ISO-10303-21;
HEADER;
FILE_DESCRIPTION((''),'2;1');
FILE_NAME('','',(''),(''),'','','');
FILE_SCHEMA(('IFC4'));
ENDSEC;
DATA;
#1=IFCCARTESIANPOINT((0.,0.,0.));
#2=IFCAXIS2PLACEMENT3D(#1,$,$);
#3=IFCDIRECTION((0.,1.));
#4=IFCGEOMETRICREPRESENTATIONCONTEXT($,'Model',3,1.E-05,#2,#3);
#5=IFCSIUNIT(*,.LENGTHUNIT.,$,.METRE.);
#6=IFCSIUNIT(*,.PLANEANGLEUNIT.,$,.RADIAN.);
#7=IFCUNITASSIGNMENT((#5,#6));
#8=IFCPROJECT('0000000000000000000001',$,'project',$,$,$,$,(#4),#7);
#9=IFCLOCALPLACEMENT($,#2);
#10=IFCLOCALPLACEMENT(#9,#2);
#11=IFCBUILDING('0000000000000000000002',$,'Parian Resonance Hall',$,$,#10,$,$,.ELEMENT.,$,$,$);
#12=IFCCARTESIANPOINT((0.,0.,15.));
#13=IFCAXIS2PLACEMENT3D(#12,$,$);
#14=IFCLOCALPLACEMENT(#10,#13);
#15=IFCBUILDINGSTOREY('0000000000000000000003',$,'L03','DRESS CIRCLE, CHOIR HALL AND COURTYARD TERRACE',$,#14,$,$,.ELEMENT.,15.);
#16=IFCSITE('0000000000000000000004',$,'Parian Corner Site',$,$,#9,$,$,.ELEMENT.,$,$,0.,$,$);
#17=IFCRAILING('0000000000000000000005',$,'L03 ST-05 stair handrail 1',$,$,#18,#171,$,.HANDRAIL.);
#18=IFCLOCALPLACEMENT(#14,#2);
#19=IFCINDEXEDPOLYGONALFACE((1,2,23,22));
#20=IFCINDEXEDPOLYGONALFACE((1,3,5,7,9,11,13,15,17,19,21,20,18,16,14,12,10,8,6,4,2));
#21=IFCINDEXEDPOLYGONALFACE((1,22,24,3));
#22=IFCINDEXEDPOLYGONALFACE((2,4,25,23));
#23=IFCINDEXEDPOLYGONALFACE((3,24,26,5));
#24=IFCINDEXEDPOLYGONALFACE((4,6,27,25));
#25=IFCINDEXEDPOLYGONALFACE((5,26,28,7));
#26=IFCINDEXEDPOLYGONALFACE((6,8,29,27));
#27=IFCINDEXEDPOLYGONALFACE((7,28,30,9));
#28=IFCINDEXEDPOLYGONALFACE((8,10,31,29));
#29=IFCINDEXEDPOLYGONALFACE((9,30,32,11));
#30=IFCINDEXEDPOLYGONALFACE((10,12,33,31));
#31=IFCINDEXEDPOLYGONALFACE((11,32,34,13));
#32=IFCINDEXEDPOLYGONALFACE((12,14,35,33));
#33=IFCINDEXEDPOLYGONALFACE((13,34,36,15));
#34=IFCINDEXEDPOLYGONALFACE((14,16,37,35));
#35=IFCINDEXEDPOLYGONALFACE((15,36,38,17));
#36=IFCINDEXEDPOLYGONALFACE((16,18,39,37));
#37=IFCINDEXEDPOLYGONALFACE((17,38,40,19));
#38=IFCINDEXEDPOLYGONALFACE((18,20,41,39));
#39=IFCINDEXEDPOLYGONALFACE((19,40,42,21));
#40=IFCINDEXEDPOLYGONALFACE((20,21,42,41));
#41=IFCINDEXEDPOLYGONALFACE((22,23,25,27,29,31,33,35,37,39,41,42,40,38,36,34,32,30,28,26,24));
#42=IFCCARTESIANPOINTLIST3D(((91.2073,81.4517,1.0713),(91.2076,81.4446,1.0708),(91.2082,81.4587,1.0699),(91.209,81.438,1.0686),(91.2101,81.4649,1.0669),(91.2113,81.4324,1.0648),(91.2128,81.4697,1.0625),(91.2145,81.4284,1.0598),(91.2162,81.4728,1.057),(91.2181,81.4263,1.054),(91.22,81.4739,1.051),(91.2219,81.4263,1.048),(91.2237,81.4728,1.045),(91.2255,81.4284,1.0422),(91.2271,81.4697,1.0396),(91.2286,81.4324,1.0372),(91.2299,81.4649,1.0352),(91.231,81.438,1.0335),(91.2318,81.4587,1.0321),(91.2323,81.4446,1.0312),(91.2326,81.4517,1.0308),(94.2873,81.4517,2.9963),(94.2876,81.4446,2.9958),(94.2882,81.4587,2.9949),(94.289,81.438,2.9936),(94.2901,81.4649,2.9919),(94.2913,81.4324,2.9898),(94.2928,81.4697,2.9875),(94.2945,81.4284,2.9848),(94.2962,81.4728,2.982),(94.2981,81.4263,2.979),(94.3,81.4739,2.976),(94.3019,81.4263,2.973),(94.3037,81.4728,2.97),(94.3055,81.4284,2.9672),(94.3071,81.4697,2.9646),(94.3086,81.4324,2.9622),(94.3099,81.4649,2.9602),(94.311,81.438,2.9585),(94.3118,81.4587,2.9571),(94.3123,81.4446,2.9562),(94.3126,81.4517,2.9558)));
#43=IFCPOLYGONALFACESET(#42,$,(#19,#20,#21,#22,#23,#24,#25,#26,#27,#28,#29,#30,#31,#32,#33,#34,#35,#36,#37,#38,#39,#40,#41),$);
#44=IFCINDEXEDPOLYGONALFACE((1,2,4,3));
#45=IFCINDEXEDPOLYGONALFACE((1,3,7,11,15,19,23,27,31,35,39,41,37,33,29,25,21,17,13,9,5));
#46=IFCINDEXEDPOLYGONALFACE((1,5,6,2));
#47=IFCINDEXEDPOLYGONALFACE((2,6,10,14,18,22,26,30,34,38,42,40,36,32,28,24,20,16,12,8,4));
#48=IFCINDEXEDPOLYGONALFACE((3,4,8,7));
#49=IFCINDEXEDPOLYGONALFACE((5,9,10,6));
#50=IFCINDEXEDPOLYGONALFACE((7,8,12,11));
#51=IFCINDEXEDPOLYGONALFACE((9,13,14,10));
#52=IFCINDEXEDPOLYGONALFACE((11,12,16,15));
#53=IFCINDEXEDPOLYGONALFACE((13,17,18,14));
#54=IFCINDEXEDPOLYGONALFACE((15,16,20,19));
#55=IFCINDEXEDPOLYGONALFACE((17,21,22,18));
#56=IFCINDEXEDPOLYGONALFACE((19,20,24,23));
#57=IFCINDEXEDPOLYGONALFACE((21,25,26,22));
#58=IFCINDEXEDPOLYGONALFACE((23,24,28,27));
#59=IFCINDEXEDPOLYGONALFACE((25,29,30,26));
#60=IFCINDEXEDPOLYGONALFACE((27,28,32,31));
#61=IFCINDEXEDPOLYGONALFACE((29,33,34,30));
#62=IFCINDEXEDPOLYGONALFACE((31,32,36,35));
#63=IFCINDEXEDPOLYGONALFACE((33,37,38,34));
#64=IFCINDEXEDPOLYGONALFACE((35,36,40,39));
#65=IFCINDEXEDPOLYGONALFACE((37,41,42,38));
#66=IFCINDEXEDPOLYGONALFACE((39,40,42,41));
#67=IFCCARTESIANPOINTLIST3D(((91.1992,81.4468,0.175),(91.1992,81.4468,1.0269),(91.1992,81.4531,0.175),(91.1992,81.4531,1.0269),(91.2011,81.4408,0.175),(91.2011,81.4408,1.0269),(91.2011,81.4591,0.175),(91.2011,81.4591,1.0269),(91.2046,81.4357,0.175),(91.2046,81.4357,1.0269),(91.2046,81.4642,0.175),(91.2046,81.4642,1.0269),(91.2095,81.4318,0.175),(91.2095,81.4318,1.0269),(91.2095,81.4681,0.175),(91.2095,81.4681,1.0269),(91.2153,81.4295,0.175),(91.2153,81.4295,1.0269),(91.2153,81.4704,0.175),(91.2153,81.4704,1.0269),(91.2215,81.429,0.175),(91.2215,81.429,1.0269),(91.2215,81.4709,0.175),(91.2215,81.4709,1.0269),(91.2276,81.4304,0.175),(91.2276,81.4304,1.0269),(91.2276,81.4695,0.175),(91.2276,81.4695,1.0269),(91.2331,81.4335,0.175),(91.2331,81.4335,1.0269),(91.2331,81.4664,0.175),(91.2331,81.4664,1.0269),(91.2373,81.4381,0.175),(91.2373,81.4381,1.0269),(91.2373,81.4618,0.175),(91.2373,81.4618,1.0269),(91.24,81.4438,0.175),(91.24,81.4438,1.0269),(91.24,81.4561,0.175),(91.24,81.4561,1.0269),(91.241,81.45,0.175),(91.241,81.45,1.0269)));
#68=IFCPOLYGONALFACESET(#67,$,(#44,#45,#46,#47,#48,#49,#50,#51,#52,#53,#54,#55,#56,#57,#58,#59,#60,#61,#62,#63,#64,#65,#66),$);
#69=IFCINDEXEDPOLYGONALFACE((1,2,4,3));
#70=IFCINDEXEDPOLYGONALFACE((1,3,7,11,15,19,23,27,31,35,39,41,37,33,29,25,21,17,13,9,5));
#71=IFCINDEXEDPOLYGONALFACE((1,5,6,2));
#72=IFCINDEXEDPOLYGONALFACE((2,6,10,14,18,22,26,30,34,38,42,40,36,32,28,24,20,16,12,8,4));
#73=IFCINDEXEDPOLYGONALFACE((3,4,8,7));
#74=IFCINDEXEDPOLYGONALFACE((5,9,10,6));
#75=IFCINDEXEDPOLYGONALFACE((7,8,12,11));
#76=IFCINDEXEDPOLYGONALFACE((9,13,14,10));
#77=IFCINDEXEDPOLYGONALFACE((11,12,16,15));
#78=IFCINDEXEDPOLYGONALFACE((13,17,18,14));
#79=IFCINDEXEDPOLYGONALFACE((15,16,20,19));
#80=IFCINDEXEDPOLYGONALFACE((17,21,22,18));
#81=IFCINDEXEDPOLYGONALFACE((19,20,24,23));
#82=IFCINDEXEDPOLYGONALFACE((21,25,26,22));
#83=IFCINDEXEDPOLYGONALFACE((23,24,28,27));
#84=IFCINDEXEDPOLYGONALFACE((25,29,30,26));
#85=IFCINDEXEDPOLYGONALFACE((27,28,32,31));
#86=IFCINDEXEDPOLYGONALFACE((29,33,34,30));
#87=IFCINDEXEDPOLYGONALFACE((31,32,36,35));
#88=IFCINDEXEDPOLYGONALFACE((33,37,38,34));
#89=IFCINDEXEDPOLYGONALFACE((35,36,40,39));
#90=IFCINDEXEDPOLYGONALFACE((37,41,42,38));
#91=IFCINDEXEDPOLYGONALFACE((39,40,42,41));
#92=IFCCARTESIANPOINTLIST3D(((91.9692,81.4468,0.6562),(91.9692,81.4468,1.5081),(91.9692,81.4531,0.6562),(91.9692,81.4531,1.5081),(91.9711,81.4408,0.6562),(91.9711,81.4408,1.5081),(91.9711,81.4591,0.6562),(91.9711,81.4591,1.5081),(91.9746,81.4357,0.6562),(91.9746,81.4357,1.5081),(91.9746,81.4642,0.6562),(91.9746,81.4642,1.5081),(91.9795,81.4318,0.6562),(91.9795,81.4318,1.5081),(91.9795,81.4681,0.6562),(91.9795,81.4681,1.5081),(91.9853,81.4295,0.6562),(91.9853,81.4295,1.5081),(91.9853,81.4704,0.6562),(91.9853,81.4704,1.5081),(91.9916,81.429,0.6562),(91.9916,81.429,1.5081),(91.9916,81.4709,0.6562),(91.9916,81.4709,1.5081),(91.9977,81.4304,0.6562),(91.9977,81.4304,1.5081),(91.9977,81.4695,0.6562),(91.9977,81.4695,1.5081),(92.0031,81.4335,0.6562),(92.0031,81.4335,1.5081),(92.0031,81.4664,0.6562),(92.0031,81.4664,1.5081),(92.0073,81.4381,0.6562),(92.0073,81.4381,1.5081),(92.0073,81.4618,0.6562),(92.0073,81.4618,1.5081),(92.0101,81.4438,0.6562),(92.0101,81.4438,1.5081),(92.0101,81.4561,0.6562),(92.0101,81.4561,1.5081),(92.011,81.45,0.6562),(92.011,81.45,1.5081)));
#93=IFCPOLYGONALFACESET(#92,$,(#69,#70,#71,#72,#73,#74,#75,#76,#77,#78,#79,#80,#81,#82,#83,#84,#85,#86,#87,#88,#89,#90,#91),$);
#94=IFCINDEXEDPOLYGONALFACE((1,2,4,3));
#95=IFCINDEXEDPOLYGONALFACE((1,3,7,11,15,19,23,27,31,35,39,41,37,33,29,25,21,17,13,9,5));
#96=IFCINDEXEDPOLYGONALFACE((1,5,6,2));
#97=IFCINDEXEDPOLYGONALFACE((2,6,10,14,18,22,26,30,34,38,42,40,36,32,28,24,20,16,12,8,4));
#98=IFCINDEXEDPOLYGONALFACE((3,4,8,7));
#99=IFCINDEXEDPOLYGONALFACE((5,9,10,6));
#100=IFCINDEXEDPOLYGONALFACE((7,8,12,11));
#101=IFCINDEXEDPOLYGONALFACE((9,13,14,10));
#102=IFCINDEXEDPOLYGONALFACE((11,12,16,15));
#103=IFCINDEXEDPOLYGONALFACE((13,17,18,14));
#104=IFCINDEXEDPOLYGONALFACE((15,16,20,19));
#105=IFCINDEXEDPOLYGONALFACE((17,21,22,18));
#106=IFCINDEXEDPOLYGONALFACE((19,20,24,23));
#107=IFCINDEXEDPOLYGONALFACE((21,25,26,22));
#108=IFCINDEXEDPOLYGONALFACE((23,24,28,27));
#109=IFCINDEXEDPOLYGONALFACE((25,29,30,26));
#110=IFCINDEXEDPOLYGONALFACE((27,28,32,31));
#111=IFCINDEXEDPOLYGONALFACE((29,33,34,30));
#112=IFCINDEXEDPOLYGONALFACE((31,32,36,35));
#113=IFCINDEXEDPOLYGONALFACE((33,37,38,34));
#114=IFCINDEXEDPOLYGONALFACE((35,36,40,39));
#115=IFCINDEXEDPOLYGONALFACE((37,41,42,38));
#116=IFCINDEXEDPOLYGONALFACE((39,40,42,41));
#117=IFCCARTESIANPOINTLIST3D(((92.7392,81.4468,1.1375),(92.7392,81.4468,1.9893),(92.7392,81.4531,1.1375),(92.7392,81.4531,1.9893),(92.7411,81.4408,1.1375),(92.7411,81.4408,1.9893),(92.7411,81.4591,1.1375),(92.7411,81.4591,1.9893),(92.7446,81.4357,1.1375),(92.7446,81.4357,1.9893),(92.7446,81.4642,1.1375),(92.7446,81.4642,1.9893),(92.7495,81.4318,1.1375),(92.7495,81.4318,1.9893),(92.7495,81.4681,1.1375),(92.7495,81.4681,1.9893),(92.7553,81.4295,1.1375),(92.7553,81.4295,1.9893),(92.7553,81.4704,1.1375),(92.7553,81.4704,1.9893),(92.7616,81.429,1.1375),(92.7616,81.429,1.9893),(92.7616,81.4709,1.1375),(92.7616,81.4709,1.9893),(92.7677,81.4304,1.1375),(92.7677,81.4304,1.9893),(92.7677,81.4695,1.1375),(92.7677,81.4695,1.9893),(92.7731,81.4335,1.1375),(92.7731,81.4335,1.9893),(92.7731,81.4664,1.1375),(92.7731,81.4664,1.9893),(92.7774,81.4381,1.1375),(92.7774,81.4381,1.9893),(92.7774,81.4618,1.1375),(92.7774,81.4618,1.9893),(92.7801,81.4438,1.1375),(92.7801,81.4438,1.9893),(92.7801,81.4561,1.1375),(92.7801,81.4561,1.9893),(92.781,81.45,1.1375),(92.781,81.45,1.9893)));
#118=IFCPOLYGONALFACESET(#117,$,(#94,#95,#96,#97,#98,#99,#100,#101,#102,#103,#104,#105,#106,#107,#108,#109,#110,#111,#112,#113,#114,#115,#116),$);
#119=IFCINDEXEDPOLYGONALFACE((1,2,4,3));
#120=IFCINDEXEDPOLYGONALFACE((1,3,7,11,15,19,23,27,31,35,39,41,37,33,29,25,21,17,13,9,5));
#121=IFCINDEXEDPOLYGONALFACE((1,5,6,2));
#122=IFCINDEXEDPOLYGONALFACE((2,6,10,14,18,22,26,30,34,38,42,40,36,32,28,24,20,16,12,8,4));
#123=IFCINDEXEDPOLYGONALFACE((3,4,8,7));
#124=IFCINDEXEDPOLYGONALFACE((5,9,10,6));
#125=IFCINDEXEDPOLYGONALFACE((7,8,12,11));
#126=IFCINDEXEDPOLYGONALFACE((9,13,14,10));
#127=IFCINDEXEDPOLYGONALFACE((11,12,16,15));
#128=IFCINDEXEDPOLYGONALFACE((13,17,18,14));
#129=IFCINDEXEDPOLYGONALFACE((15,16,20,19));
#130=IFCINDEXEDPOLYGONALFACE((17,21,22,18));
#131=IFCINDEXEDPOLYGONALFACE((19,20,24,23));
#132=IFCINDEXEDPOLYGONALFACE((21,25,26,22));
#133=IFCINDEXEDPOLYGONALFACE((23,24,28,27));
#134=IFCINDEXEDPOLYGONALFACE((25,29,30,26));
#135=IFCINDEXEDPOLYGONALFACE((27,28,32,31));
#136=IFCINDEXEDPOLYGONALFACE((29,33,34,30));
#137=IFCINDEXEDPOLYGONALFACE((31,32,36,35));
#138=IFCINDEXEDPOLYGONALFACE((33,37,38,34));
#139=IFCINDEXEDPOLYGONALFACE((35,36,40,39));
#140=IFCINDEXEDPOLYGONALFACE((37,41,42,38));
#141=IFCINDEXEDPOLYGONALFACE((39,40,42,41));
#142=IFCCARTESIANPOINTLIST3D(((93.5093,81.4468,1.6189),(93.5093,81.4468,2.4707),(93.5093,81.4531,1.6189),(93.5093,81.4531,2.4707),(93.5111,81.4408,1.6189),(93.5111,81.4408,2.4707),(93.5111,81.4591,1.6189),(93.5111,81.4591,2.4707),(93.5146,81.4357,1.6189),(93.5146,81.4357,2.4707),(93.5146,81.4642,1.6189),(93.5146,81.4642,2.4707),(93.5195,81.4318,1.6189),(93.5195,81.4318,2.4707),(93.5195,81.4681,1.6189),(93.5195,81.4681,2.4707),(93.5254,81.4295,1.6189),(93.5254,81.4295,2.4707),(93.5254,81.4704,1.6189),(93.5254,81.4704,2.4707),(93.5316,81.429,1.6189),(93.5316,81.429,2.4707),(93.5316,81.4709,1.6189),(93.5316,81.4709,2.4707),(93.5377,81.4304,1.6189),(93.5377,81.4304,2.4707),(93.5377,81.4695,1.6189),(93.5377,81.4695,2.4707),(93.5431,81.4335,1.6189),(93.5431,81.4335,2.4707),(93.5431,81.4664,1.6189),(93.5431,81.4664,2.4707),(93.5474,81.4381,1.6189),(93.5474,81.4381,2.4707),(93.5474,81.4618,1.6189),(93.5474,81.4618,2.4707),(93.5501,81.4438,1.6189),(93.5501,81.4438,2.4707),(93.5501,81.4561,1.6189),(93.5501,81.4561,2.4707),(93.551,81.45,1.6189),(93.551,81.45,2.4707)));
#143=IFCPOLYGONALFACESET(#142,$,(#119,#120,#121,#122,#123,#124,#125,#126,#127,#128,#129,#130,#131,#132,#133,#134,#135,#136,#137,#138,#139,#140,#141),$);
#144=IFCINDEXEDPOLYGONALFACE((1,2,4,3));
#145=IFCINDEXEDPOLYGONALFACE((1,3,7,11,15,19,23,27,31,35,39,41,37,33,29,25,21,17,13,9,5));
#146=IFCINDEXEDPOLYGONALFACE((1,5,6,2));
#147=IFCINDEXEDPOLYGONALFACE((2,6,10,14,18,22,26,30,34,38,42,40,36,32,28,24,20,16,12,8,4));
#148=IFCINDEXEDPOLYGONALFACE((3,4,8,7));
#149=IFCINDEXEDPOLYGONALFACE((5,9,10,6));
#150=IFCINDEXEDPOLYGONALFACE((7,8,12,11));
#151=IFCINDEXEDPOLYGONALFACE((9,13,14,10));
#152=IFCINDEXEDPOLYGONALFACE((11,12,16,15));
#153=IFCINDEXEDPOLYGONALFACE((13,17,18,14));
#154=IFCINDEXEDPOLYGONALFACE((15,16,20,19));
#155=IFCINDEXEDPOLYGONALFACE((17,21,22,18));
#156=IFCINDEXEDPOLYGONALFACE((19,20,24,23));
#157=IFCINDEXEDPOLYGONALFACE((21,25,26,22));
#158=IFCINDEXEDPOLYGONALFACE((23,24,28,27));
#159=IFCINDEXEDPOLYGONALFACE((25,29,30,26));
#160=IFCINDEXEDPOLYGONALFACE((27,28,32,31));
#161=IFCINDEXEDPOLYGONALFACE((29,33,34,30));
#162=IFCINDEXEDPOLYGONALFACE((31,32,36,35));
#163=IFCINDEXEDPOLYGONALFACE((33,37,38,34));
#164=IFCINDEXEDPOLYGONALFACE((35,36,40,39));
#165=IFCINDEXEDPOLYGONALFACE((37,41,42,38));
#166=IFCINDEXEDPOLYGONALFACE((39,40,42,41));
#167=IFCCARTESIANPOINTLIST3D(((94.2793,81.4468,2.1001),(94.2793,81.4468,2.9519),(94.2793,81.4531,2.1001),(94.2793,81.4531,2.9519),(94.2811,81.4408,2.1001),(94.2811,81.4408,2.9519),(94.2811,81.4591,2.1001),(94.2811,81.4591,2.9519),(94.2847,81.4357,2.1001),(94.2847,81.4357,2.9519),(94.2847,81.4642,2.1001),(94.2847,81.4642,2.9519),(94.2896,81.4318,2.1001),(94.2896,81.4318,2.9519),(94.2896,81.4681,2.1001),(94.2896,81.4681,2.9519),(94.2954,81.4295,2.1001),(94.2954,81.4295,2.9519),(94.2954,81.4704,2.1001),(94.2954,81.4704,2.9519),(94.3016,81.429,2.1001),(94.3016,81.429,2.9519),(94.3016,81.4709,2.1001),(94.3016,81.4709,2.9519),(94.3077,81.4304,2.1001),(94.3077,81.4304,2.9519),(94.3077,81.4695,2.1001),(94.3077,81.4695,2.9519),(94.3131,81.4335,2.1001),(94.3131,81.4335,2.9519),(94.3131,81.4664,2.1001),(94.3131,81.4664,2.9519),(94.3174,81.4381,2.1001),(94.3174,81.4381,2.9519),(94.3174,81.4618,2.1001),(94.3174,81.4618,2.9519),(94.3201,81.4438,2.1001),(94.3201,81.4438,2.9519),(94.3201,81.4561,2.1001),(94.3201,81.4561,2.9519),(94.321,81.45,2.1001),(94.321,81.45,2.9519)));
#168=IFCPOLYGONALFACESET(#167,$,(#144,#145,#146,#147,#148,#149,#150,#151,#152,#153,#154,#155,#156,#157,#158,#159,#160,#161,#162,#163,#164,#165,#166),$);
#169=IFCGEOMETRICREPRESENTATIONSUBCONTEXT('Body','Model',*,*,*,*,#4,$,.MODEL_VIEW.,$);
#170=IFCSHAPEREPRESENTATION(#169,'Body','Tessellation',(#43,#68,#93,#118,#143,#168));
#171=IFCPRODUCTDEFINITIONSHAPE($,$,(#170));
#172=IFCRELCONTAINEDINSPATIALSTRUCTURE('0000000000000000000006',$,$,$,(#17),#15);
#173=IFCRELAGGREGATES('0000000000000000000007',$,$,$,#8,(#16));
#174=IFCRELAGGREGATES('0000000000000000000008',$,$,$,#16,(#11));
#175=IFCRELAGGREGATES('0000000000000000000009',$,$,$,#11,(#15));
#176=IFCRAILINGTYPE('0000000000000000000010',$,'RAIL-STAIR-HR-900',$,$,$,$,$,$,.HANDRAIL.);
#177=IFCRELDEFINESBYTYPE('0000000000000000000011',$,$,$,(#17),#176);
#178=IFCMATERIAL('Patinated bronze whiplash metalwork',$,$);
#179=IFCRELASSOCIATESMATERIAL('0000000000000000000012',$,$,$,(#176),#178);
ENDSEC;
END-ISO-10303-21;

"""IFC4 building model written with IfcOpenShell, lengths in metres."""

from ifc_helpers import new_model, si_unit, direction, frame, origin, origin_2d, place, context, subcontext, project, spatial, circle, extrude, material, type_object, element, save


model = new_model("IFC4")

# Units and contexts
model_context = context("Model", 3, precision=1e-05, world=origin(), true_north=direction((0.0, 1.0)))
body_context = subcontext(model_context, "Body", "Model", "MODEL_VIEW")
ifc_project = project(units=[si_unit("LENGTHUNIT", "METRE"), si_unit("PLANEANGLEUNIT", "RADIAN")], contexts=[model_context])

# Site, building, storey
site_placement = place(None, origin())
site = spatial("IfcSite", under=ifc_project, at=site_placement, Name="Parian Corner Site", CompositionType="ELEMENT", RefElevation=0.0)
building_placement = place(site_placement, origin())
building = spatial("IfcBuilding", under=site, at=building_placement, Name="Parian Resonance Hall", CompositionType="ELEMENT")
storey_placement = place(building_placement, frame((0.0, 0.0, 15.0)))
storey = spatial("IfcBuildingStorey", under=building, at=storey_placement, Name="L03", Description="DRESS CIRCLE, CHOIR HALL AND COURTYARD TERRACE", CompositionType="ELEMENT", Elevation=15.0)

# Railing
ifc_material_1 = material(Name="Patinated bronze whiplash metalwork")
railing_type_1 = type_object("IfcRailingType", Name="RAIL-STAIR-HR-900", PredefinedType="HANDRAIL", material=ifc_material_1)
railing_1_placement = place(storey_placement, frame((91.22, 81.45, 0.175)))
element("IfcRailing", 1, at=railing_1_placement, inside=storey, type_object=railing_type_1, Name="L03 ST-05 stair handrail 1", PredefinedType="HANDRAIL", context=body_context, shape_type="SweptSolid", body=[
    extrude(circle(Radius=0.0239, at=origin_2d()), frame((0.0, 0.0, 0.876), z_axis=(0.847998, 0.0, 0.529999), x_axis=(0.0, 1.0, 0.0)), (0.0, 0.0, 1.0), 3.6321),
    extrude(circle(Radius=0.021, at=origin_2d()), origin(), (0.0, 0.0, 1.0), 0.8518),
    extrude(circle(Radius=0.021, at=origin_2d()), frame((0.77, 0.0, 0.4812)), (0.0, 0.0, 1.0), 0.8518),
    extrude(circle(Radius=0.021, at=origin_2d()), frame((1.54, 0.0, 0.9624)), (0.0, 0.0, 1.0), 0.8518),
    extrude(circle(Radius=0.021, at=origin_2d()), frame((2.3101, 0.0, 1.4438)), (0.0, 0.0, 1.0), 0.8518),
    extrude(circle(Radius=0.021, at=origin_2d()), frame((3.0801, 0.0, 1.925)), (0.0, 0.0, 1.0), 0.8518),
])

save(model, "model.ifc")
